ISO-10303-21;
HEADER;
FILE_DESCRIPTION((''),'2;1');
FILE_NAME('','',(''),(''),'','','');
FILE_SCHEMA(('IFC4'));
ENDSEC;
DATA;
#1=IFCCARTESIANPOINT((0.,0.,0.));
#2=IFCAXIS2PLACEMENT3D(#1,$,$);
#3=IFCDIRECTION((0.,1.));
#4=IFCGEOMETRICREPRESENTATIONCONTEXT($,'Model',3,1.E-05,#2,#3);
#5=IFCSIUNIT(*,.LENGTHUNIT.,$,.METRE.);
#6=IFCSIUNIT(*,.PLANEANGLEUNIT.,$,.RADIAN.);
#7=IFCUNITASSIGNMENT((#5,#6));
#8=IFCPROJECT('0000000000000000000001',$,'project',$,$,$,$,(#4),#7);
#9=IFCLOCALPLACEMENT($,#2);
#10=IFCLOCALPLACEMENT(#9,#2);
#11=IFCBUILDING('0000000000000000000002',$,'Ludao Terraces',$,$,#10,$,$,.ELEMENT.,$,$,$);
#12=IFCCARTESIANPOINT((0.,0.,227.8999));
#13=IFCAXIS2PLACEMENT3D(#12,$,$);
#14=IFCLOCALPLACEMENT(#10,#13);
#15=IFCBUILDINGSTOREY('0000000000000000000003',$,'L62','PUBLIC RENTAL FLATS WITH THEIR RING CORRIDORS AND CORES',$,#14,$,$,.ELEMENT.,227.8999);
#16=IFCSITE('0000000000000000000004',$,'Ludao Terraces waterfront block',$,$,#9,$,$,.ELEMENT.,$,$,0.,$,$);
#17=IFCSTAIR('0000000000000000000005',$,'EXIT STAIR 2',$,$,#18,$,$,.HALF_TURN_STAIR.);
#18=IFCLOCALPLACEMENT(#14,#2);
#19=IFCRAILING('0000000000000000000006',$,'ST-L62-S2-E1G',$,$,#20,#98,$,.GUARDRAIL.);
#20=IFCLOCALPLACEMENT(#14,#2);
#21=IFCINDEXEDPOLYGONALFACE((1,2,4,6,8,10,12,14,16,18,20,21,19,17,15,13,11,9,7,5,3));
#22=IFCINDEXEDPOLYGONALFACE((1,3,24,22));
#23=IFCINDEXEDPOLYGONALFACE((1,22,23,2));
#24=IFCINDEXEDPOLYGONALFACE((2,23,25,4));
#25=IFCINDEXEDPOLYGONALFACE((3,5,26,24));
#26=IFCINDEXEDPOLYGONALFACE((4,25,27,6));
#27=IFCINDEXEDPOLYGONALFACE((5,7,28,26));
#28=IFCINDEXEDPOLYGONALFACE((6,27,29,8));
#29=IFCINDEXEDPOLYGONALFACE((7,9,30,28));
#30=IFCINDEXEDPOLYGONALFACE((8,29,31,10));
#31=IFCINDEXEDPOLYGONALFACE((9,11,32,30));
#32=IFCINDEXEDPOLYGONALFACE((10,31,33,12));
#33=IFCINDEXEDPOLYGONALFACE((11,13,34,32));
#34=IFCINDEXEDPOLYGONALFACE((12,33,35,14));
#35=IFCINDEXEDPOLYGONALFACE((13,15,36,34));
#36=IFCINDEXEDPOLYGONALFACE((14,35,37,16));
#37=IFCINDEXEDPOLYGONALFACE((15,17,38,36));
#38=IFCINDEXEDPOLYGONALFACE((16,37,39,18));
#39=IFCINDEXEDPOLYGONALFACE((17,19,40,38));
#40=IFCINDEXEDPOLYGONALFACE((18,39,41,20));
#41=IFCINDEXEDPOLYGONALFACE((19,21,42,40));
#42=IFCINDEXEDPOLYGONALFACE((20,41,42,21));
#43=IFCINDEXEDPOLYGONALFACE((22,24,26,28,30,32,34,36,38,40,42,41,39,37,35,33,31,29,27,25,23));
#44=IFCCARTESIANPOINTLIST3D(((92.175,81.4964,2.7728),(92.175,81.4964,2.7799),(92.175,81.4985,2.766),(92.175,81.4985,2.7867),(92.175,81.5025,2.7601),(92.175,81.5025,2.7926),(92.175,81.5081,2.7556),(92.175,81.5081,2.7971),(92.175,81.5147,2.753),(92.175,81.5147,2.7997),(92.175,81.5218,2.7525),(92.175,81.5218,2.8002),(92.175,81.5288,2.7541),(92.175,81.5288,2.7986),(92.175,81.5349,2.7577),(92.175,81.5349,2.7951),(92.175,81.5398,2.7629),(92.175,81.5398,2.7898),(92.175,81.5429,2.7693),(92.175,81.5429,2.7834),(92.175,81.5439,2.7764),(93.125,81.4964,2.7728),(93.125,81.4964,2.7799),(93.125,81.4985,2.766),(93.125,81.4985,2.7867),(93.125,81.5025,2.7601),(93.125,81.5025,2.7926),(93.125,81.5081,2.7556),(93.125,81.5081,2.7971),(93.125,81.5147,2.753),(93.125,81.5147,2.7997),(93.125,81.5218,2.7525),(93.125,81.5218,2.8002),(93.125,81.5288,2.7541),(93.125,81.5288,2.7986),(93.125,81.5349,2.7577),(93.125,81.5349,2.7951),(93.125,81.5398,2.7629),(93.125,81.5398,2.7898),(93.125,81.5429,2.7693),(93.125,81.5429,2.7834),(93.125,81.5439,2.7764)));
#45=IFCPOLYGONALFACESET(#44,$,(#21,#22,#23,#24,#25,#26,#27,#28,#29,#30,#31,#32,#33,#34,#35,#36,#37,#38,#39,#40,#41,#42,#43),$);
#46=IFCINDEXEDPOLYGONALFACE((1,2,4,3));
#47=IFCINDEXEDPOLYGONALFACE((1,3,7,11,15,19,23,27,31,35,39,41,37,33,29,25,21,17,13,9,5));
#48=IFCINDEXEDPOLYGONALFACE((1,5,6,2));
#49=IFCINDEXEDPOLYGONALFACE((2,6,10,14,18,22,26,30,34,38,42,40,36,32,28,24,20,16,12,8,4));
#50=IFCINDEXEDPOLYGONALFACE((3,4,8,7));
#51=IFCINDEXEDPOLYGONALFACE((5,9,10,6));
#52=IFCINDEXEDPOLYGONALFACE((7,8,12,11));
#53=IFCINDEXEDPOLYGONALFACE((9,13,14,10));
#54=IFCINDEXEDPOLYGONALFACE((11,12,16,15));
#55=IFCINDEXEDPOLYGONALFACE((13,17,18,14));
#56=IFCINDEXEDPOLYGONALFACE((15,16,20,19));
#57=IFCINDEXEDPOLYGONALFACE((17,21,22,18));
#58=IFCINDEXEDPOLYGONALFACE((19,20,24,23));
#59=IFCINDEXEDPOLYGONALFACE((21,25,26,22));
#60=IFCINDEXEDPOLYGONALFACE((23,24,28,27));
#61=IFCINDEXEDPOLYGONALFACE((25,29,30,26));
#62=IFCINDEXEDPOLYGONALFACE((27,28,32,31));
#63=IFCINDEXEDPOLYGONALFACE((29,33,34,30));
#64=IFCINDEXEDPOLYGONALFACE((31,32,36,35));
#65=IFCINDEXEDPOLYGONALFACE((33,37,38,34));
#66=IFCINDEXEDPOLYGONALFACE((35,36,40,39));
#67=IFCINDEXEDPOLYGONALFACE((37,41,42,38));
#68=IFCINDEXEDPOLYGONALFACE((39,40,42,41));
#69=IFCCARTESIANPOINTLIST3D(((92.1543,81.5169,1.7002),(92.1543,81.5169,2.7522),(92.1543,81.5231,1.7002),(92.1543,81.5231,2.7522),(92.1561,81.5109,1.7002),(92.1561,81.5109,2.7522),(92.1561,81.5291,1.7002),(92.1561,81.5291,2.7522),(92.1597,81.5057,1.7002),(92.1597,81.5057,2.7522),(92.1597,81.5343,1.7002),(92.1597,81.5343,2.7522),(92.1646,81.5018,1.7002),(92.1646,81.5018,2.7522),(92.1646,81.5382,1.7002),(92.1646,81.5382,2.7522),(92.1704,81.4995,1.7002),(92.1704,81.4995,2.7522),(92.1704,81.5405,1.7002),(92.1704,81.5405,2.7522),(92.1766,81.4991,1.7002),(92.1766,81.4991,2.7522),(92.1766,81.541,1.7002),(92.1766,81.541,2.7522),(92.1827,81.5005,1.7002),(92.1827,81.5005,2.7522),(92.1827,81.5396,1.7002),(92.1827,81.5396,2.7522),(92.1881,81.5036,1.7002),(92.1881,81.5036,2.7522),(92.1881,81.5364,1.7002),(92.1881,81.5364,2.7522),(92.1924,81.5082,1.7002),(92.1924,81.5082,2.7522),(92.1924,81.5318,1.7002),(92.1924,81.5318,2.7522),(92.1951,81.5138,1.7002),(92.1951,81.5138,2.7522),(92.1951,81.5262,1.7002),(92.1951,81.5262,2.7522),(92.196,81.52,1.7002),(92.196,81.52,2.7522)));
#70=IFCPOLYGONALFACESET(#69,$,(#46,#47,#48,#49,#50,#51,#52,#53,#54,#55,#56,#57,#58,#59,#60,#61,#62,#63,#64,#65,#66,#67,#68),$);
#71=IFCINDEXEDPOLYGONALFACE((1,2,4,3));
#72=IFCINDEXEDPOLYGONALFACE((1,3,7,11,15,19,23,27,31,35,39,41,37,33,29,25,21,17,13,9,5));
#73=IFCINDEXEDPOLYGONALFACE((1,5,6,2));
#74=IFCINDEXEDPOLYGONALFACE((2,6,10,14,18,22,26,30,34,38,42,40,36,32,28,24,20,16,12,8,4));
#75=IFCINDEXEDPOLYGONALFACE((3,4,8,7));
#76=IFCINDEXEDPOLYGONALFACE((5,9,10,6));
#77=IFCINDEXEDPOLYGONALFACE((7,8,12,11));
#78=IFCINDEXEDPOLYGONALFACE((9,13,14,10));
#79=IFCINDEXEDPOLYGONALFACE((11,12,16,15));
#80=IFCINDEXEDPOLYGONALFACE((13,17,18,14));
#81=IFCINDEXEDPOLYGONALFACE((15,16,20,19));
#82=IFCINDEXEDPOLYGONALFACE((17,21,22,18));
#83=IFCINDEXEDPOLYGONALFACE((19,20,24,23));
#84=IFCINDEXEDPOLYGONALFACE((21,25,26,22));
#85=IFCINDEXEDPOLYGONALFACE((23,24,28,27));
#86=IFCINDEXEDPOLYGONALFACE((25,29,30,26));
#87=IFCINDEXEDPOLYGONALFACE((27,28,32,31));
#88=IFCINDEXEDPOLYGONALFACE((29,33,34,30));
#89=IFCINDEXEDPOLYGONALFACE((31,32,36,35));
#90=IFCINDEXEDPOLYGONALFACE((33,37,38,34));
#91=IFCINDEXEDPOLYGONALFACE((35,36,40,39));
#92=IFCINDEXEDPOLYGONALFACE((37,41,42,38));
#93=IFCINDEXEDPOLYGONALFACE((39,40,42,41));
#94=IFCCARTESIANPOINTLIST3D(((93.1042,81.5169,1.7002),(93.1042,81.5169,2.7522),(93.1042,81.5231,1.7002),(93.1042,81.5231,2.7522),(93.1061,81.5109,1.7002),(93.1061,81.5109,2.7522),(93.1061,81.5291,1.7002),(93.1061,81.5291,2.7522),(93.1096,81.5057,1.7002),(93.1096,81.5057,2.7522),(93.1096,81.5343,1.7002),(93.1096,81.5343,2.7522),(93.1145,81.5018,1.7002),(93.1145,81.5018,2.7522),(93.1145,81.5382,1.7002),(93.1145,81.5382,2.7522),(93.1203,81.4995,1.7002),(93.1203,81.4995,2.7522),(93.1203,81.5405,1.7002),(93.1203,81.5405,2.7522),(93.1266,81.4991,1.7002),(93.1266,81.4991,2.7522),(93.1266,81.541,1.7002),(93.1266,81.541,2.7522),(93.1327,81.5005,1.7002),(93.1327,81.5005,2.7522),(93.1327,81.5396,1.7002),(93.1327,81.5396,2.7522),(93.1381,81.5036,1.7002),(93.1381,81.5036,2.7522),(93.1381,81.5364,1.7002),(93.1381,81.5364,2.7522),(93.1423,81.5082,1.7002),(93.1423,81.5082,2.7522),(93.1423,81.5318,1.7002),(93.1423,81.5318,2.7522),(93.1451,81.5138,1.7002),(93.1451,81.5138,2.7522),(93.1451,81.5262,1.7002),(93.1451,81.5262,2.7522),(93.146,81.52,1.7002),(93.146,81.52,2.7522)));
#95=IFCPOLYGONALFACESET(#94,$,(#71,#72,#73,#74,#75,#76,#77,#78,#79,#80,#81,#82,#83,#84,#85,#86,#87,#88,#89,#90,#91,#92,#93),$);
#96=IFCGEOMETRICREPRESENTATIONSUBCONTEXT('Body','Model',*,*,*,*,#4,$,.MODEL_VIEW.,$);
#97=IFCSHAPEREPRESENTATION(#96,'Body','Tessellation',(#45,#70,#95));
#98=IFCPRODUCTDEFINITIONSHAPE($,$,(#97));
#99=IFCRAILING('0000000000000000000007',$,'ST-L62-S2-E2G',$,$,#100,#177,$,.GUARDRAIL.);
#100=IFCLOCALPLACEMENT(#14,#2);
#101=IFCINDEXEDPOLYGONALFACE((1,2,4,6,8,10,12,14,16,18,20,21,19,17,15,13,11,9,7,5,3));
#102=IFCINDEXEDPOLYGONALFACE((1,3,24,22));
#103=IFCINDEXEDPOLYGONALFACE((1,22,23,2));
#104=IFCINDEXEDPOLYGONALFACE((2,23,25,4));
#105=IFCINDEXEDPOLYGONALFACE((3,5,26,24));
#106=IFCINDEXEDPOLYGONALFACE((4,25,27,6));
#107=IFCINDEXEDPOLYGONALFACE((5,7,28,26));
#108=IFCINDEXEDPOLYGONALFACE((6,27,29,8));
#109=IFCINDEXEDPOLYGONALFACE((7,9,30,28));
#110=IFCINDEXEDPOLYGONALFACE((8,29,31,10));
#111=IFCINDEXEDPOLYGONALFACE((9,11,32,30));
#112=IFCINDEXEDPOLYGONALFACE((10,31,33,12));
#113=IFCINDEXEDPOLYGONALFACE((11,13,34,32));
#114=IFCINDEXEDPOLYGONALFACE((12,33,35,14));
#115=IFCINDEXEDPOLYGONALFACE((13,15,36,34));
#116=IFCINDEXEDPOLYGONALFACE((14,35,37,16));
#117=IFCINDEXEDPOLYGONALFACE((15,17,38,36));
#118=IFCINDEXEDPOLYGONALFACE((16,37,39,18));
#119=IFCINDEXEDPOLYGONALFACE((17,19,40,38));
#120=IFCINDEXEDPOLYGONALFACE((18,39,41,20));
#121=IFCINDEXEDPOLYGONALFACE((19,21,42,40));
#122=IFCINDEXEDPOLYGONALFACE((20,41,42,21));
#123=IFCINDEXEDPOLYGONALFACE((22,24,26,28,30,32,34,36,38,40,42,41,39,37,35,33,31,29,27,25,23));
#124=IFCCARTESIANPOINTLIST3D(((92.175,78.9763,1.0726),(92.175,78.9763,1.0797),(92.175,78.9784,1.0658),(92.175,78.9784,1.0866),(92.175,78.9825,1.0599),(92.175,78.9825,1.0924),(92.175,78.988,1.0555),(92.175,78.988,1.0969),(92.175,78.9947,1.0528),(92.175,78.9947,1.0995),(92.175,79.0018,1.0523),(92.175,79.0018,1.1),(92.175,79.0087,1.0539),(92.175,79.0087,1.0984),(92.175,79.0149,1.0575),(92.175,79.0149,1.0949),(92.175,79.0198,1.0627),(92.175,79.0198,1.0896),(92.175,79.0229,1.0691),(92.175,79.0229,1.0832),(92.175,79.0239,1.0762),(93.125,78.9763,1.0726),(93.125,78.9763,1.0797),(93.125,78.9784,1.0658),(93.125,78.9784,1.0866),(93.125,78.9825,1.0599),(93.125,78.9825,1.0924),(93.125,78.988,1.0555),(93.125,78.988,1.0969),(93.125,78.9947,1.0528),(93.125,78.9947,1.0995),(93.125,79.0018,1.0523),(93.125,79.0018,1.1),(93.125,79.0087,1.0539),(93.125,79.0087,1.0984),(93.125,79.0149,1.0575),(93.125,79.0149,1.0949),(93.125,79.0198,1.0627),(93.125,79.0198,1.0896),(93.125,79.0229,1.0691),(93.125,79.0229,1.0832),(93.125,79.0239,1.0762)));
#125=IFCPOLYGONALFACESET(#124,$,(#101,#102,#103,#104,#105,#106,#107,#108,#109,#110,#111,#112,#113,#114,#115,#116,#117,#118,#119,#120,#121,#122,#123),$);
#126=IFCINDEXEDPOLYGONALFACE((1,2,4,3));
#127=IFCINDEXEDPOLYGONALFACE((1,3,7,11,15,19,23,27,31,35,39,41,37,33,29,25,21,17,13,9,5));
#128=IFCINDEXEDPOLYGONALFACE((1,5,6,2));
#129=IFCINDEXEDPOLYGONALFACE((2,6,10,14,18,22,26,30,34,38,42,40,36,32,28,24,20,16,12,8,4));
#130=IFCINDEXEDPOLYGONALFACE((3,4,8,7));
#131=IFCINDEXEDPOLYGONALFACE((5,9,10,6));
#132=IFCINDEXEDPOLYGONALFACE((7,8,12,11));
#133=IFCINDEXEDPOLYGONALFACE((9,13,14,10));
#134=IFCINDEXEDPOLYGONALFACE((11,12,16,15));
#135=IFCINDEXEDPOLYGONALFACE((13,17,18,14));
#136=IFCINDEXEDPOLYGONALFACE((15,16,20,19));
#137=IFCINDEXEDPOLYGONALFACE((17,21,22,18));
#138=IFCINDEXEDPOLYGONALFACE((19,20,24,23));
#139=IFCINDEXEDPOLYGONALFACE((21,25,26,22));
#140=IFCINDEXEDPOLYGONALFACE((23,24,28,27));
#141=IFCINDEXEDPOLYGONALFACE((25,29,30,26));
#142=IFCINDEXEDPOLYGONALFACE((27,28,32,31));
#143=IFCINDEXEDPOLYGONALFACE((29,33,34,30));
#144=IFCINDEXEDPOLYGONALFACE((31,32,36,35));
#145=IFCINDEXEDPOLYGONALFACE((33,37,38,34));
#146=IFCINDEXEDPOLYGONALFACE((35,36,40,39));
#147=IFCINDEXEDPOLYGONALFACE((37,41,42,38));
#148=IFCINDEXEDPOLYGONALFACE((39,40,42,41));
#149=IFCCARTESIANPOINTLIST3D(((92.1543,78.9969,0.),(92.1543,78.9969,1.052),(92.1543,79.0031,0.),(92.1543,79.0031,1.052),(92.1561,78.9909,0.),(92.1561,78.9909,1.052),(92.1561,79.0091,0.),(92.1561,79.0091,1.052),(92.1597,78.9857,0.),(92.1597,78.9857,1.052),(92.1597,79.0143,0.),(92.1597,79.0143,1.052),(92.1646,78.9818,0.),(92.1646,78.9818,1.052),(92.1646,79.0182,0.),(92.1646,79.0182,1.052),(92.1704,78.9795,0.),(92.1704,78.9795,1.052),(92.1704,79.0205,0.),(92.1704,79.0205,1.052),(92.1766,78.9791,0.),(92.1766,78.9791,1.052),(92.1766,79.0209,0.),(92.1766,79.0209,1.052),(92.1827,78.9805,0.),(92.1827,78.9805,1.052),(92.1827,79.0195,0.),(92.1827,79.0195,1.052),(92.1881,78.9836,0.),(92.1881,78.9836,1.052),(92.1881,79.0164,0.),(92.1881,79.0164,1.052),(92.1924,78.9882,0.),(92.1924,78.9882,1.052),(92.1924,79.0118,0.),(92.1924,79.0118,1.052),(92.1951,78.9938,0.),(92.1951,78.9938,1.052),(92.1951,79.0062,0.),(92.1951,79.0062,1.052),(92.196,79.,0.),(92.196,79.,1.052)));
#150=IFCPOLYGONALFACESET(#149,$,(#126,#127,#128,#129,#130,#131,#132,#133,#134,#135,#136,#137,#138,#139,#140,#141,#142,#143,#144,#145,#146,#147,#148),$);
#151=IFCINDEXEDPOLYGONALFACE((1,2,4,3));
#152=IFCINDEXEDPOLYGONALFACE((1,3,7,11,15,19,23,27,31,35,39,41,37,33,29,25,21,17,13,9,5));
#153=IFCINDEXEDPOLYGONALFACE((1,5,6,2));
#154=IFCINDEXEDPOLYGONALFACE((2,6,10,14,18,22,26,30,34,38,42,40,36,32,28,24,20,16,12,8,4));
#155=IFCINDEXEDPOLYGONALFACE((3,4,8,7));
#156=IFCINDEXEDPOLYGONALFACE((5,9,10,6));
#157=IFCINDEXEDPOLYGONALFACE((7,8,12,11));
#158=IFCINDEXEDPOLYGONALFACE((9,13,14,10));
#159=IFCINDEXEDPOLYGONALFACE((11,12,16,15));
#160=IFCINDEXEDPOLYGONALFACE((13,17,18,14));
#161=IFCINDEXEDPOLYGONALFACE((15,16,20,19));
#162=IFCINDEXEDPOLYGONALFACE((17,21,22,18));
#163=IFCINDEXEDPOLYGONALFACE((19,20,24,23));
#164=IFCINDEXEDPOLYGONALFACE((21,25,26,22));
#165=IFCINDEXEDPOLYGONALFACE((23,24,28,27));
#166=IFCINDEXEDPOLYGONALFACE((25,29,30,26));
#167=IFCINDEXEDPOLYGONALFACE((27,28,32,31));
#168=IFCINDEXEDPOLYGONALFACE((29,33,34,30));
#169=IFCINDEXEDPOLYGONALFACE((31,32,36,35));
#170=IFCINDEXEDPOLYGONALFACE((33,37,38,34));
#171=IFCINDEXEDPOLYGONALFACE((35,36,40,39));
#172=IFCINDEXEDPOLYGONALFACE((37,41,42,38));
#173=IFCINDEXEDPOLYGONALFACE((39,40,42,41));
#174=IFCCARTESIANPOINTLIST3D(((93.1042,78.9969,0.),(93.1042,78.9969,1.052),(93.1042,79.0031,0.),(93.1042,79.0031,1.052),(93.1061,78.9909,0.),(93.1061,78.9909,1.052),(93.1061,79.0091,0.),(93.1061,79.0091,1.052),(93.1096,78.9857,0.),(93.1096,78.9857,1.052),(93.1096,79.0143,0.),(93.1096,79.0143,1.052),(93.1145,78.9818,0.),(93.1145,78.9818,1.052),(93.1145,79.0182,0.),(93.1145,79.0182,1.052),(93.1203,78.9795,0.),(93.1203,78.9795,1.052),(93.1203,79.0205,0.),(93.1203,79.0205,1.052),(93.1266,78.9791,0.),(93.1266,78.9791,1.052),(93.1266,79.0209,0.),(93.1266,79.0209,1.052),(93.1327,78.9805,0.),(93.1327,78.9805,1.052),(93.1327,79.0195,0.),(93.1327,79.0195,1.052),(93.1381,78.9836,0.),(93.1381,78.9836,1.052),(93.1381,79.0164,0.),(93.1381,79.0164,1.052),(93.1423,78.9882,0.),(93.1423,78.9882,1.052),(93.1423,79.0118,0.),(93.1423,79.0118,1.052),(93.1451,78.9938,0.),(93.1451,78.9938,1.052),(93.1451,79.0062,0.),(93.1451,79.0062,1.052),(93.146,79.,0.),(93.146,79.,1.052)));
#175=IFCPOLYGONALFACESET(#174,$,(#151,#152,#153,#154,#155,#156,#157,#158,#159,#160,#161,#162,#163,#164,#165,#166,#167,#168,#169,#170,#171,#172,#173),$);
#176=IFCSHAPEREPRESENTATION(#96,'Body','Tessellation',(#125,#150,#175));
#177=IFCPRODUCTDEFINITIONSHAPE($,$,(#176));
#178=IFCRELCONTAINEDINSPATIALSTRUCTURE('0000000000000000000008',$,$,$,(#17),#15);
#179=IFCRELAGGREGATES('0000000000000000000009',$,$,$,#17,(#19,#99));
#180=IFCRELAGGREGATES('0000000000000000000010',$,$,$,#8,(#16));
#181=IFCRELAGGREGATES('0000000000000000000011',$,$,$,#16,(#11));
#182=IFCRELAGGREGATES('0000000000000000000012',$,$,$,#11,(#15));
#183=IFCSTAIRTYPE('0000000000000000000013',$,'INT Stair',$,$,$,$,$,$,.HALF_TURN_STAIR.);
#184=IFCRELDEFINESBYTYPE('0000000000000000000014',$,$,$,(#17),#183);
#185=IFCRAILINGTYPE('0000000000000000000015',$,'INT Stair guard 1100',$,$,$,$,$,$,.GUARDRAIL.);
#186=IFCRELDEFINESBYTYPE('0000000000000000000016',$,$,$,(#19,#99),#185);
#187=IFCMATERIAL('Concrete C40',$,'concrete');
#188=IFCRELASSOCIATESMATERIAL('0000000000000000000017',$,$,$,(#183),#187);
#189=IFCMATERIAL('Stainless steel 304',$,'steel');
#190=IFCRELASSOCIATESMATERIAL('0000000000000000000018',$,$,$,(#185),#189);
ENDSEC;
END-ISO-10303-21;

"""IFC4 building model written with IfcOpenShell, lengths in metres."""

from ifc_helpers import new_model, si_unit, direction, frame, origin, origin_2d, place, context, subcontext, project, spatial, circle, extrude, material, type_object, element, aggregate, save


model = new_model("IFC4")

# Units and contexts
model_context = context("Model", 3, precision=1e-05, world=origin(), true_north=direction((0.0, 1.0)))
body_context = subcontext(model_context, "Body", "Model", "MODEL_VIEW")
ifc_project = project(units=[si_unit("LENGTHUNIT", "METRE"), si_unit("PLANEANGLEUNIT", "RADIAN")], contexts=[model_context])

# Site, building, storey
site_placement = place(None, origin())
site = spatial("IfcSite", under=ifc_project, at=site_placement, Name="Ludao Terraces waterfront block", CompositionType="ELEMENT", RefElevation=0.0)
building_placement = place(site_placement, origin())
building = spatial("IfcBuilding", under=site, at=building_placement, Name="Ludao Terraces", CompositionType="ELEMENT")
storey_placement = place(building_placement, frame((0.0, 0.0, 227.8999)))
storey = spatial("IfcBuildingStorey", under=building, at=storey_placement, Name="L62", Description="PUBLIC RENTAL FLATS WITH THEIR RING CORRIDORS AND CORES", CompositionType="ELEMENT", Elevation=227.8999)

# Shared definitions
ifc_material_1 = material(Name="Stainless steel 304", Category="steel")

# Stair, railings
ifc_material_2 = material(Name="Concrete C40", Category="concrete")
stair_type = type_object("IfcStairType", Name="INT Stair", PredefinedType="HALF_TURN_STAIR", material=ifc_material_2)
stair_placement = place(storey_placement, origin())
stair = element("IfcStair", 1, at=stair_placement, inside=storey, type_object=stair_type, Name="EXIT STAIR 2", PredefinedType="HALF_TURN_STAIR")
railing_type_1 = type_object("IfcRailingType", Name="INT Stair guard 1100", PredefinedType="GUARDRAIL", material=ifc_material_1)
railing_1_placement = place(storey_placement, frame((92.175, 81.52, 1.7002)))
railing_1 = element("IfcRailing", 2, at=railing_1_placement, type_object=railing_type_1, Name="ST-L62-S2-E1G", PredefinedType="GUARDRAIL", context=body_context, shape_type="SweptSolid", body=[
    extrude(circle(Radius=0.0239, at=origin_2d()), frame((0.0, 0.0, 1.0762), z_axis=(1.0, 0.0, 0.0), x_axis=(0.0, 1.0, 0.0)), (0.0, 0.0, 1.0), 0.95),
    extrude(circle(Radius=0.021, at=origin_2d()), origin(), (0.0, 0.0, 1.0), 1.052),
    extrude(circle(Radius=0.021, at=origin_2d()), frame((0.95, 0.0, 0.0)), (0.0, 0.0, 1.0), 1.052),
])
railing_2_placement = place(storey_placement, frame((92.175, 79.0, 0.0)))
railing_2 = element("IfcRailing", 3, at=railing_2_placement, type_object=railing_type_1, Name="ST-L62-S2-E2G", PredefinedType="GUARDRAIL", context=body_context, shape_type="SweptSolid", body=[
    extrude(circle(Radius=0.0239, at=origin_2d()), frame((0.0, 0.0, 1.0762), z_axis=(1.0, 0.0, 0.0), x_axis=(0.0, 1.0, 0.0)), (0.0, 0.0, 1.0), 0.95),
    extrude(circle(Radius=0.021, at=origin_2d()), origin(), (0.0, 0.0, 1.0), 1.052),
    extrude(circle(Radius=0.021, at=origin_2d()), frame((0.95, 0.0, 0.0)), (0.0, 0.0, 1.0), 1.052),
])
aggregate(stair, [railing_1, railing_2])

save(model, "model.ifc")
